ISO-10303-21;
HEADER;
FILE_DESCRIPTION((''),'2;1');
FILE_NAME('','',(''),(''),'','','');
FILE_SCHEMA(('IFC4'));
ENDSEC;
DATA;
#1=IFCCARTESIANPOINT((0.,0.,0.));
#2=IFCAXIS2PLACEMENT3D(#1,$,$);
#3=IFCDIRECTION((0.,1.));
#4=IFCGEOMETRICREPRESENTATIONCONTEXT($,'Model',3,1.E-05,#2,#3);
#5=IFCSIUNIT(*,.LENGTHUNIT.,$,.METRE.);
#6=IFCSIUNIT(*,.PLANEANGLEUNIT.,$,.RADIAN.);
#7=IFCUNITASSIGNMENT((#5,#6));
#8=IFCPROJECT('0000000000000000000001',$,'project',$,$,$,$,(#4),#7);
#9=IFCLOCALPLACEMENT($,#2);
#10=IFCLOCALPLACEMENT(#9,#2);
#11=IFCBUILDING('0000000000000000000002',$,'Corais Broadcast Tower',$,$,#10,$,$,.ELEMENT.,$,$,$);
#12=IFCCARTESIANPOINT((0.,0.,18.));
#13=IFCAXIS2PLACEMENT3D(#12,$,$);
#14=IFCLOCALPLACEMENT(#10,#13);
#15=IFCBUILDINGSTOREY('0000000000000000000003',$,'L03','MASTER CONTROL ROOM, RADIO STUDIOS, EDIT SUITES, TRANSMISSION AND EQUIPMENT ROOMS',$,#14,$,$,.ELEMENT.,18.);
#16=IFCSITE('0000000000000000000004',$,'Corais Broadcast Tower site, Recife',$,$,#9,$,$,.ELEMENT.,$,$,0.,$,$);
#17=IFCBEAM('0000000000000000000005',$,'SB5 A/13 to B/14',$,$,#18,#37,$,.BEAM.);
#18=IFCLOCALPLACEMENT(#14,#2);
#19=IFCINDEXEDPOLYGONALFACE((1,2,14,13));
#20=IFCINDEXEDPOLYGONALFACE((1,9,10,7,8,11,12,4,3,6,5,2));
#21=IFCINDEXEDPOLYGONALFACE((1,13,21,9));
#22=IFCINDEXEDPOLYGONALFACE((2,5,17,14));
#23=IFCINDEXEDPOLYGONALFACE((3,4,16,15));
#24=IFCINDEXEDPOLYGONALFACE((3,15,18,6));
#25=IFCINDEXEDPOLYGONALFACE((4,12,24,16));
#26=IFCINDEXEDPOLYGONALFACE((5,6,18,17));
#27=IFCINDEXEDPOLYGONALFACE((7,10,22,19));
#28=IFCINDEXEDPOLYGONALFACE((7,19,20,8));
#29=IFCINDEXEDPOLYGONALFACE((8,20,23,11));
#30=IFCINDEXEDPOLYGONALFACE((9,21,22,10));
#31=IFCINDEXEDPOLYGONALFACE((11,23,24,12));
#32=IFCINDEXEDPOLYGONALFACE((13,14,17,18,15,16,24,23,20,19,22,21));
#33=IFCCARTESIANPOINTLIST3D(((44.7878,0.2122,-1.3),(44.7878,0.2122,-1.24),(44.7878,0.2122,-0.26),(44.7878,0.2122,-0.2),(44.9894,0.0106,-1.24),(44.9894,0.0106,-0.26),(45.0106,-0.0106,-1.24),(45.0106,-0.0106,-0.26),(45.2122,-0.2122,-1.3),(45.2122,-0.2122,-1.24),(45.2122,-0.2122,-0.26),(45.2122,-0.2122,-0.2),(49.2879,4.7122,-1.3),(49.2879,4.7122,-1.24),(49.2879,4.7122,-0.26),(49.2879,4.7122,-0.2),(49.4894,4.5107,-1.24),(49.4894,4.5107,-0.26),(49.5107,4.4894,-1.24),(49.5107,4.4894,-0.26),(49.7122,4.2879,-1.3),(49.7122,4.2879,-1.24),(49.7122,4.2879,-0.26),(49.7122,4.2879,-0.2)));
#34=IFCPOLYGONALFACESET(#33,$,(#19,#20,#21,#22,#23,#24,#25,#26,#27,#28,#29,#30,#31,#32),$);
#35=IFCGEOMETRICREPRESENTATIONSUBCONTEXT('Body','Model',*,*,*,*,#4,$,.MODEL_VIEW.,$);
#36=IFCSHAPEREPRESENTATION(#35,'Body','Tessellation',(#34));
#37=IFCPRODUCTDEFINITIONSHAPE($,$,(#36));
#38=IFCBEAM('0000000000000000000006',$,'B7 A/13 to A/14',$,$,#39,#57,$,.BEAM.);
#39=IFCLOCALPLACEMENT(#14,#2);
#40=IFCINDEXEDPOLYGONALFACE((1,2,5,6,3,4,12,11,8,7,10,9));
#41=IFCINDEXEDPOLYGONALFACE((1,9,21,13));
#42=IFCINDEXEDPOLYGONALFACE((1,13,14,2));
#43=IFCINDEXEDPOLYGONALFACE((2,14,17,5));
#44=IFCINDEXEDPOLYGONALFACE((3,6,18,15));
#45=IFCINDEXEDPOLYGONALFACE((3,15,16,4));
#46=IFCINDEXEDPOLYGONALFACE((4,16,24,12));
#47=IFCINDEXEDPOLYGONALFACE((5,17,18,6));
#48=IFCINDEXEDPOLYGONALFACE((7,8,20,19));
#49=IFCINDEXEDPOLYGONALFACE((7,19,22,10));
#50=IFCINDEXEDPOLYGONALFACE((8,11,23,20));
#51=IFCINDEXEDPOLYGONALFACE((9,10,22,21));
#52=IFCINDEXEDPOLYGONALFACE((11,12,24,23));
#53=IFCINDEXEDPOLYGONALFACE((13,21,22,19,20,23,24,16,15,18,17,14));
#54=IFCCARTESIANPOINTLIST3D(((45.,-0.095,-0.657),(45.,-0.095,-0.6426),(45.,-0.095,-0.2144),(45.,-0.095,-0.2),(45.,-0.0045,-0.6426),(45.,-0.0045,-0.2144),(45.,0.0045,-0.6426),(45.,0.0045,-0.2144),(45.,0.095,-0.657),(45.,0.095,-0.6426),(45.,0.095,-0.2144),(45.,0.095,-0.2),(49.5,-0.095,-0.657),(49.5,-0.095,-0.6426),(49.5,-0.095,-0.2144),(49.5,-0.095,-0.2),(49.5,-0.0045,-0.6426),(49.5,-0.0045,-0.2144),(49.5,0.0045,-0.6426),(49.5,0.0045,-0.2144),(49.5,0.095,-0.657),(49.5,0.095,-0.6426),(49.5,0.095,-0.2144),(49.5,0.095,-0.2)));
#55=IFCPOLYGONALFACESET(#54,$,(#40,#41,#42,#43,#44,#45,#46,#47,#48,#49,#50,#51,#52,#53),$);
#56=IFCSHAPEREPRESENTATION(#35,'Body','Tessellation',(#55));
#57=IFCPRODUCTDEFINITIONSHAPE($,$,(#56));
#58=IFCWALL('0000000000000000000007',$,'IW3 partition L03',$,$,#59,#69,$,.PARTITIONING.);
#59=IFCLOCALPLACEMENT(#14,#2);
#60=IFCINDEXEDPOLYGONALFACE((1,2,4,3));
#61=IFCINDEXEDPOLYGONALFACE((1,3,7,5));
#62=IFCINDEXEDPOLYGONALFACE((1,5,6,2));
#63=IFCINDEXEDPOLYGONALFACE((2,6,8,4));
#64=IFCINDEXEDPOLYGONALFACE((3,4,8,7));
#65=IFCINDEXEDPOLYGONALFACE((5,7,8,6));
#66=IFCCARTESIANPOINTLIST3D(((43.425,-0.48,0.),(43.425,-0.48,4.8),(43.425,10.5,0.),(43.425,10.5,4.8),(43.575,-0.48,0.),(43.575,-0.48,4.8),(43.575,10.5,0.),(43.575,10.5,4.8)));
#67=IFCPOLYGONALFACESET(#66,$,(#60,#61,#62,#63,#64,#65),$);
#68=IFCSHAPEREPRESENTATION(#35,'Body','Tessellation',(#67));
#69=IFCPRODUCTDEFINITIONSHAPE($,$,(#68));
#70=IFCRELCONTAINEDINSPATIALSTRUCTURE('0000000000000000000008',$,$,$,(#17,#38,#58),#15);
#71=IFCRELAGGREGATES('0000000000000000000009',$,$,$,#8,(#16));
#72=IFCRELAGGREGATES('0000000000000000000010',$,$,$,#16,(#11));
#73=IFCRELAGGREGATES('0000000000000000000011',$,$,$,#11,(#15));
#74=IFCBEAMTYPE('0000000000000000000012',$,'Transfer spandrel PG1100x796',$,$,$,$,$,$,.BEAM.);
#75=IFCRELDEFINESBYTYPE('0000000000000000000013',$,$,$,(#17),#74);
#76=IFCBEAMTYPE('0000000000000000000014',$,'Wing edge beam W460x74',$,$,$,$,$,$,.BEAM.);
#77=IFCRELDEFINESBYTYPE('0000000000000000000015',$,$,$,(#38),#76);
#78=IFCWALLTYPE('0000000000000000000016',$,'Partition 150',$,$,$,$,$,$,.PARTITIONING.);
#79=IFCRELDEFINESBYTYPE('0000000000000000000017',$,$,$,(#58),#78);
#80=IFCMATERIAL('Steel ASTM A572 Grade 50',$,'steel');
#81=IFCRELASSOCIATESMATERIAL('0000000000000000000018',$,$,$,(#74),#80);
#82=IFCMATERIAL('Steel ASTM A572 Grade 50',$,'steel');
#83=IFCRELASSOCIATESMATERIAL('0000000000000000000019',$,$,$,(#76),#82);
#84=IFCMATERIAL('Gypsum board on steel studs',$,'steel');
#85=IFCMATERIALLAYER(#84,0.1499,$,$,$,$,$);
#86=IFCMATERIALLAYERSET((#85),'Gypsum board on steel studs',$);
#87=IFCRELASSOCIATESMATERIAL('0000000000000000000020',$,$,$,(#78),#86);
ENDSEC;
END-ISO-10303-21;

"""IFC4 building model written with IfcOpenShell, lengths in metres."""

from ifc_helpers import new_model, si_unit, direction, frame, frame_2d, origin, origin_2d, place, context, subcontext, project, spatial, rectangle, i_section, extrude, material, layer, layer_set, material_profile, profile_set, type_object, element, save


model = new_model("IFC4")

# Units and contexts
model_context = context("Model", 3, precision=1e-05, world=origin(), true_north=direction((0.0, 1.0)))
body_context = subcontext(model_context, "Body", "Model", "MODEL_VIEW")
ifc_project = project(units=[si_unit("LENGTHUNIT", "METRE"), si_unit("PLANEANGLEUNIT", "RADIAN")], contexts=[model_context])

# Site, building, storey
site_placement = place(None, origin())
site = spatial("IfcSite", under=ifc_project, at=site_placement, Name="Corais Broadcast Tower site, Recife", CompositionType="ELEMENT", RefElevation=0.0)
building_placement = place(site_placement, origin())
building = spatial("IfcBuilding", under=site, at=building_placement, Name="Corais Broadcast Tower", CompositionType="ELEMENT")
storey_placement = place(building_placement, frame((0.0, 0.0, 18.0)))
storey = spatial("IfcBuildingStorey", under=building, at=storey_placement, Name="L03", Description="MASTER CONTROL ROOM, RADIO STUDIOS, EDIT SUITES, TRANSMISSION AND EQUIPMENT ROOMS", CompositionType="ELEMENT", Elevation=18.0)

# Beams
ifc_material_1 = material(Name="Steel ASTM A572 Grade 50", Category="steel")
ifc_material_profile_1 = material_profile(ifc_material_1, i_section(OverallWidth=0.6001, OverallDepth=1.1001, WebThickness=0.03, FlangeThickness=0.0601, at=origin_2d()), Name="PG1100x796")
ifc_profile_set_1 = profile_set([ifc_material_profile_1], Name="Steel ASTM A572 Grade 50")
beam_type_1 = type_object("IfcBeamType", Name="Transfer spandrel PG1100x796", PredefinedType="BEAM", material=ifc_profile_set_1)
beam_1_placement = place(storey_placement, frame((45.0, 0.0, -0.75), z_axis=(0.707107, 0.707107, 0.0), x_axis=(-0.707107, 0.707107, 0.0)))
element("IfcBeam", 1, at=beam_1_placement, inside=storey, type_object=beam_type_1, Name="SB5 A/13 to B/14", PredefinedType="BEAM", context=body_context, shape_type="SweptSolid", body=[
    extrude(i_section(OverallWidth=0.6001, OverallDepth=1.1001, WebThickness=0.03, FlangeThickness=0.0601, at=origin_2d()), origin(), (0.0, 0.0, 1.0), 6.364),
])
ifc_material_2 = material(Name="Steel ASTM A572 Grade 50", Category="steel")
ifc_material_profile_2 = material_profile(ifc_material_2, i_section(OverallWidth=0.1899, OverallDepth=0.457, WebThickness=0.009, FlangeThickness=0.0144, at=origin_2d()), Name="W460x74")
ifc_profile_set_2 = profile_set([ifc_material_profile_2], Name="Steel ASTM A572 Grade 50")
beam_type_2 = type_object("IfcBeamType", Name="Wing edge beam W460x74", PredefinedType="BEAM", material=ifc_profile_set_2)
beam_2_placement = place(storey_placement, frame((45.0, 0.0, -0.4285), z_axis=(1.0, 0.0, 0.0), x_axis=(0.0, 1.0, 0.0)))
element("IfcBeam", 2, at=beam_2_placement, inside=storey, type_object=beam_type_2, Name="B7 A/13 to A/14", PredefinedType="BEAM", context=body_context, shape_type="SweptSolid", body=[
    extrude(i_section(OverallWidth=0.1899, OverallDepth=0.457, WebThickness=0.009, FlangeThickness=0.0144, at=origin_2d()), origin(), (0.0, 0.0, 1.0), 4.5),
])

# Wall
ifc_material_3 = material(Name="Gypsum board on steel studs", Category="steel")
ifc_layer_1 = layer(ifc_material_3, 0.1499)
ifc_layer_set_1 = layer_set([ifc_layer_1], Name="Gypsum board on steel studs")
wall_type_1 = type_object("IfcWallType", Name="Partition 150", PredefinedType="PARTITIONING", material=ifc_layer_set_1)
wall_1_placement = place(storey_placement, frame((43.5, -0.48, 0.0), z_axis=(0.0, 0.0, 1.0), x_axis=(0.0, 1.0, 0.0)))
element("IfcWall", 3, at=wall_1_placement, inside=storey, type_object=wall_type_1, Name="IW3 partition L03", PredefinedType="PARTITIONING", context=body_context, shape_type="SweptSolid", body=[
    extrude(rectangle(XDim=10.98, YDim=0.1499, at=frame_2d((5.49, 0.0))), origin(), (0.0, 0.0, 1.0), 4.8),
])

save(model, "model.ifc")
